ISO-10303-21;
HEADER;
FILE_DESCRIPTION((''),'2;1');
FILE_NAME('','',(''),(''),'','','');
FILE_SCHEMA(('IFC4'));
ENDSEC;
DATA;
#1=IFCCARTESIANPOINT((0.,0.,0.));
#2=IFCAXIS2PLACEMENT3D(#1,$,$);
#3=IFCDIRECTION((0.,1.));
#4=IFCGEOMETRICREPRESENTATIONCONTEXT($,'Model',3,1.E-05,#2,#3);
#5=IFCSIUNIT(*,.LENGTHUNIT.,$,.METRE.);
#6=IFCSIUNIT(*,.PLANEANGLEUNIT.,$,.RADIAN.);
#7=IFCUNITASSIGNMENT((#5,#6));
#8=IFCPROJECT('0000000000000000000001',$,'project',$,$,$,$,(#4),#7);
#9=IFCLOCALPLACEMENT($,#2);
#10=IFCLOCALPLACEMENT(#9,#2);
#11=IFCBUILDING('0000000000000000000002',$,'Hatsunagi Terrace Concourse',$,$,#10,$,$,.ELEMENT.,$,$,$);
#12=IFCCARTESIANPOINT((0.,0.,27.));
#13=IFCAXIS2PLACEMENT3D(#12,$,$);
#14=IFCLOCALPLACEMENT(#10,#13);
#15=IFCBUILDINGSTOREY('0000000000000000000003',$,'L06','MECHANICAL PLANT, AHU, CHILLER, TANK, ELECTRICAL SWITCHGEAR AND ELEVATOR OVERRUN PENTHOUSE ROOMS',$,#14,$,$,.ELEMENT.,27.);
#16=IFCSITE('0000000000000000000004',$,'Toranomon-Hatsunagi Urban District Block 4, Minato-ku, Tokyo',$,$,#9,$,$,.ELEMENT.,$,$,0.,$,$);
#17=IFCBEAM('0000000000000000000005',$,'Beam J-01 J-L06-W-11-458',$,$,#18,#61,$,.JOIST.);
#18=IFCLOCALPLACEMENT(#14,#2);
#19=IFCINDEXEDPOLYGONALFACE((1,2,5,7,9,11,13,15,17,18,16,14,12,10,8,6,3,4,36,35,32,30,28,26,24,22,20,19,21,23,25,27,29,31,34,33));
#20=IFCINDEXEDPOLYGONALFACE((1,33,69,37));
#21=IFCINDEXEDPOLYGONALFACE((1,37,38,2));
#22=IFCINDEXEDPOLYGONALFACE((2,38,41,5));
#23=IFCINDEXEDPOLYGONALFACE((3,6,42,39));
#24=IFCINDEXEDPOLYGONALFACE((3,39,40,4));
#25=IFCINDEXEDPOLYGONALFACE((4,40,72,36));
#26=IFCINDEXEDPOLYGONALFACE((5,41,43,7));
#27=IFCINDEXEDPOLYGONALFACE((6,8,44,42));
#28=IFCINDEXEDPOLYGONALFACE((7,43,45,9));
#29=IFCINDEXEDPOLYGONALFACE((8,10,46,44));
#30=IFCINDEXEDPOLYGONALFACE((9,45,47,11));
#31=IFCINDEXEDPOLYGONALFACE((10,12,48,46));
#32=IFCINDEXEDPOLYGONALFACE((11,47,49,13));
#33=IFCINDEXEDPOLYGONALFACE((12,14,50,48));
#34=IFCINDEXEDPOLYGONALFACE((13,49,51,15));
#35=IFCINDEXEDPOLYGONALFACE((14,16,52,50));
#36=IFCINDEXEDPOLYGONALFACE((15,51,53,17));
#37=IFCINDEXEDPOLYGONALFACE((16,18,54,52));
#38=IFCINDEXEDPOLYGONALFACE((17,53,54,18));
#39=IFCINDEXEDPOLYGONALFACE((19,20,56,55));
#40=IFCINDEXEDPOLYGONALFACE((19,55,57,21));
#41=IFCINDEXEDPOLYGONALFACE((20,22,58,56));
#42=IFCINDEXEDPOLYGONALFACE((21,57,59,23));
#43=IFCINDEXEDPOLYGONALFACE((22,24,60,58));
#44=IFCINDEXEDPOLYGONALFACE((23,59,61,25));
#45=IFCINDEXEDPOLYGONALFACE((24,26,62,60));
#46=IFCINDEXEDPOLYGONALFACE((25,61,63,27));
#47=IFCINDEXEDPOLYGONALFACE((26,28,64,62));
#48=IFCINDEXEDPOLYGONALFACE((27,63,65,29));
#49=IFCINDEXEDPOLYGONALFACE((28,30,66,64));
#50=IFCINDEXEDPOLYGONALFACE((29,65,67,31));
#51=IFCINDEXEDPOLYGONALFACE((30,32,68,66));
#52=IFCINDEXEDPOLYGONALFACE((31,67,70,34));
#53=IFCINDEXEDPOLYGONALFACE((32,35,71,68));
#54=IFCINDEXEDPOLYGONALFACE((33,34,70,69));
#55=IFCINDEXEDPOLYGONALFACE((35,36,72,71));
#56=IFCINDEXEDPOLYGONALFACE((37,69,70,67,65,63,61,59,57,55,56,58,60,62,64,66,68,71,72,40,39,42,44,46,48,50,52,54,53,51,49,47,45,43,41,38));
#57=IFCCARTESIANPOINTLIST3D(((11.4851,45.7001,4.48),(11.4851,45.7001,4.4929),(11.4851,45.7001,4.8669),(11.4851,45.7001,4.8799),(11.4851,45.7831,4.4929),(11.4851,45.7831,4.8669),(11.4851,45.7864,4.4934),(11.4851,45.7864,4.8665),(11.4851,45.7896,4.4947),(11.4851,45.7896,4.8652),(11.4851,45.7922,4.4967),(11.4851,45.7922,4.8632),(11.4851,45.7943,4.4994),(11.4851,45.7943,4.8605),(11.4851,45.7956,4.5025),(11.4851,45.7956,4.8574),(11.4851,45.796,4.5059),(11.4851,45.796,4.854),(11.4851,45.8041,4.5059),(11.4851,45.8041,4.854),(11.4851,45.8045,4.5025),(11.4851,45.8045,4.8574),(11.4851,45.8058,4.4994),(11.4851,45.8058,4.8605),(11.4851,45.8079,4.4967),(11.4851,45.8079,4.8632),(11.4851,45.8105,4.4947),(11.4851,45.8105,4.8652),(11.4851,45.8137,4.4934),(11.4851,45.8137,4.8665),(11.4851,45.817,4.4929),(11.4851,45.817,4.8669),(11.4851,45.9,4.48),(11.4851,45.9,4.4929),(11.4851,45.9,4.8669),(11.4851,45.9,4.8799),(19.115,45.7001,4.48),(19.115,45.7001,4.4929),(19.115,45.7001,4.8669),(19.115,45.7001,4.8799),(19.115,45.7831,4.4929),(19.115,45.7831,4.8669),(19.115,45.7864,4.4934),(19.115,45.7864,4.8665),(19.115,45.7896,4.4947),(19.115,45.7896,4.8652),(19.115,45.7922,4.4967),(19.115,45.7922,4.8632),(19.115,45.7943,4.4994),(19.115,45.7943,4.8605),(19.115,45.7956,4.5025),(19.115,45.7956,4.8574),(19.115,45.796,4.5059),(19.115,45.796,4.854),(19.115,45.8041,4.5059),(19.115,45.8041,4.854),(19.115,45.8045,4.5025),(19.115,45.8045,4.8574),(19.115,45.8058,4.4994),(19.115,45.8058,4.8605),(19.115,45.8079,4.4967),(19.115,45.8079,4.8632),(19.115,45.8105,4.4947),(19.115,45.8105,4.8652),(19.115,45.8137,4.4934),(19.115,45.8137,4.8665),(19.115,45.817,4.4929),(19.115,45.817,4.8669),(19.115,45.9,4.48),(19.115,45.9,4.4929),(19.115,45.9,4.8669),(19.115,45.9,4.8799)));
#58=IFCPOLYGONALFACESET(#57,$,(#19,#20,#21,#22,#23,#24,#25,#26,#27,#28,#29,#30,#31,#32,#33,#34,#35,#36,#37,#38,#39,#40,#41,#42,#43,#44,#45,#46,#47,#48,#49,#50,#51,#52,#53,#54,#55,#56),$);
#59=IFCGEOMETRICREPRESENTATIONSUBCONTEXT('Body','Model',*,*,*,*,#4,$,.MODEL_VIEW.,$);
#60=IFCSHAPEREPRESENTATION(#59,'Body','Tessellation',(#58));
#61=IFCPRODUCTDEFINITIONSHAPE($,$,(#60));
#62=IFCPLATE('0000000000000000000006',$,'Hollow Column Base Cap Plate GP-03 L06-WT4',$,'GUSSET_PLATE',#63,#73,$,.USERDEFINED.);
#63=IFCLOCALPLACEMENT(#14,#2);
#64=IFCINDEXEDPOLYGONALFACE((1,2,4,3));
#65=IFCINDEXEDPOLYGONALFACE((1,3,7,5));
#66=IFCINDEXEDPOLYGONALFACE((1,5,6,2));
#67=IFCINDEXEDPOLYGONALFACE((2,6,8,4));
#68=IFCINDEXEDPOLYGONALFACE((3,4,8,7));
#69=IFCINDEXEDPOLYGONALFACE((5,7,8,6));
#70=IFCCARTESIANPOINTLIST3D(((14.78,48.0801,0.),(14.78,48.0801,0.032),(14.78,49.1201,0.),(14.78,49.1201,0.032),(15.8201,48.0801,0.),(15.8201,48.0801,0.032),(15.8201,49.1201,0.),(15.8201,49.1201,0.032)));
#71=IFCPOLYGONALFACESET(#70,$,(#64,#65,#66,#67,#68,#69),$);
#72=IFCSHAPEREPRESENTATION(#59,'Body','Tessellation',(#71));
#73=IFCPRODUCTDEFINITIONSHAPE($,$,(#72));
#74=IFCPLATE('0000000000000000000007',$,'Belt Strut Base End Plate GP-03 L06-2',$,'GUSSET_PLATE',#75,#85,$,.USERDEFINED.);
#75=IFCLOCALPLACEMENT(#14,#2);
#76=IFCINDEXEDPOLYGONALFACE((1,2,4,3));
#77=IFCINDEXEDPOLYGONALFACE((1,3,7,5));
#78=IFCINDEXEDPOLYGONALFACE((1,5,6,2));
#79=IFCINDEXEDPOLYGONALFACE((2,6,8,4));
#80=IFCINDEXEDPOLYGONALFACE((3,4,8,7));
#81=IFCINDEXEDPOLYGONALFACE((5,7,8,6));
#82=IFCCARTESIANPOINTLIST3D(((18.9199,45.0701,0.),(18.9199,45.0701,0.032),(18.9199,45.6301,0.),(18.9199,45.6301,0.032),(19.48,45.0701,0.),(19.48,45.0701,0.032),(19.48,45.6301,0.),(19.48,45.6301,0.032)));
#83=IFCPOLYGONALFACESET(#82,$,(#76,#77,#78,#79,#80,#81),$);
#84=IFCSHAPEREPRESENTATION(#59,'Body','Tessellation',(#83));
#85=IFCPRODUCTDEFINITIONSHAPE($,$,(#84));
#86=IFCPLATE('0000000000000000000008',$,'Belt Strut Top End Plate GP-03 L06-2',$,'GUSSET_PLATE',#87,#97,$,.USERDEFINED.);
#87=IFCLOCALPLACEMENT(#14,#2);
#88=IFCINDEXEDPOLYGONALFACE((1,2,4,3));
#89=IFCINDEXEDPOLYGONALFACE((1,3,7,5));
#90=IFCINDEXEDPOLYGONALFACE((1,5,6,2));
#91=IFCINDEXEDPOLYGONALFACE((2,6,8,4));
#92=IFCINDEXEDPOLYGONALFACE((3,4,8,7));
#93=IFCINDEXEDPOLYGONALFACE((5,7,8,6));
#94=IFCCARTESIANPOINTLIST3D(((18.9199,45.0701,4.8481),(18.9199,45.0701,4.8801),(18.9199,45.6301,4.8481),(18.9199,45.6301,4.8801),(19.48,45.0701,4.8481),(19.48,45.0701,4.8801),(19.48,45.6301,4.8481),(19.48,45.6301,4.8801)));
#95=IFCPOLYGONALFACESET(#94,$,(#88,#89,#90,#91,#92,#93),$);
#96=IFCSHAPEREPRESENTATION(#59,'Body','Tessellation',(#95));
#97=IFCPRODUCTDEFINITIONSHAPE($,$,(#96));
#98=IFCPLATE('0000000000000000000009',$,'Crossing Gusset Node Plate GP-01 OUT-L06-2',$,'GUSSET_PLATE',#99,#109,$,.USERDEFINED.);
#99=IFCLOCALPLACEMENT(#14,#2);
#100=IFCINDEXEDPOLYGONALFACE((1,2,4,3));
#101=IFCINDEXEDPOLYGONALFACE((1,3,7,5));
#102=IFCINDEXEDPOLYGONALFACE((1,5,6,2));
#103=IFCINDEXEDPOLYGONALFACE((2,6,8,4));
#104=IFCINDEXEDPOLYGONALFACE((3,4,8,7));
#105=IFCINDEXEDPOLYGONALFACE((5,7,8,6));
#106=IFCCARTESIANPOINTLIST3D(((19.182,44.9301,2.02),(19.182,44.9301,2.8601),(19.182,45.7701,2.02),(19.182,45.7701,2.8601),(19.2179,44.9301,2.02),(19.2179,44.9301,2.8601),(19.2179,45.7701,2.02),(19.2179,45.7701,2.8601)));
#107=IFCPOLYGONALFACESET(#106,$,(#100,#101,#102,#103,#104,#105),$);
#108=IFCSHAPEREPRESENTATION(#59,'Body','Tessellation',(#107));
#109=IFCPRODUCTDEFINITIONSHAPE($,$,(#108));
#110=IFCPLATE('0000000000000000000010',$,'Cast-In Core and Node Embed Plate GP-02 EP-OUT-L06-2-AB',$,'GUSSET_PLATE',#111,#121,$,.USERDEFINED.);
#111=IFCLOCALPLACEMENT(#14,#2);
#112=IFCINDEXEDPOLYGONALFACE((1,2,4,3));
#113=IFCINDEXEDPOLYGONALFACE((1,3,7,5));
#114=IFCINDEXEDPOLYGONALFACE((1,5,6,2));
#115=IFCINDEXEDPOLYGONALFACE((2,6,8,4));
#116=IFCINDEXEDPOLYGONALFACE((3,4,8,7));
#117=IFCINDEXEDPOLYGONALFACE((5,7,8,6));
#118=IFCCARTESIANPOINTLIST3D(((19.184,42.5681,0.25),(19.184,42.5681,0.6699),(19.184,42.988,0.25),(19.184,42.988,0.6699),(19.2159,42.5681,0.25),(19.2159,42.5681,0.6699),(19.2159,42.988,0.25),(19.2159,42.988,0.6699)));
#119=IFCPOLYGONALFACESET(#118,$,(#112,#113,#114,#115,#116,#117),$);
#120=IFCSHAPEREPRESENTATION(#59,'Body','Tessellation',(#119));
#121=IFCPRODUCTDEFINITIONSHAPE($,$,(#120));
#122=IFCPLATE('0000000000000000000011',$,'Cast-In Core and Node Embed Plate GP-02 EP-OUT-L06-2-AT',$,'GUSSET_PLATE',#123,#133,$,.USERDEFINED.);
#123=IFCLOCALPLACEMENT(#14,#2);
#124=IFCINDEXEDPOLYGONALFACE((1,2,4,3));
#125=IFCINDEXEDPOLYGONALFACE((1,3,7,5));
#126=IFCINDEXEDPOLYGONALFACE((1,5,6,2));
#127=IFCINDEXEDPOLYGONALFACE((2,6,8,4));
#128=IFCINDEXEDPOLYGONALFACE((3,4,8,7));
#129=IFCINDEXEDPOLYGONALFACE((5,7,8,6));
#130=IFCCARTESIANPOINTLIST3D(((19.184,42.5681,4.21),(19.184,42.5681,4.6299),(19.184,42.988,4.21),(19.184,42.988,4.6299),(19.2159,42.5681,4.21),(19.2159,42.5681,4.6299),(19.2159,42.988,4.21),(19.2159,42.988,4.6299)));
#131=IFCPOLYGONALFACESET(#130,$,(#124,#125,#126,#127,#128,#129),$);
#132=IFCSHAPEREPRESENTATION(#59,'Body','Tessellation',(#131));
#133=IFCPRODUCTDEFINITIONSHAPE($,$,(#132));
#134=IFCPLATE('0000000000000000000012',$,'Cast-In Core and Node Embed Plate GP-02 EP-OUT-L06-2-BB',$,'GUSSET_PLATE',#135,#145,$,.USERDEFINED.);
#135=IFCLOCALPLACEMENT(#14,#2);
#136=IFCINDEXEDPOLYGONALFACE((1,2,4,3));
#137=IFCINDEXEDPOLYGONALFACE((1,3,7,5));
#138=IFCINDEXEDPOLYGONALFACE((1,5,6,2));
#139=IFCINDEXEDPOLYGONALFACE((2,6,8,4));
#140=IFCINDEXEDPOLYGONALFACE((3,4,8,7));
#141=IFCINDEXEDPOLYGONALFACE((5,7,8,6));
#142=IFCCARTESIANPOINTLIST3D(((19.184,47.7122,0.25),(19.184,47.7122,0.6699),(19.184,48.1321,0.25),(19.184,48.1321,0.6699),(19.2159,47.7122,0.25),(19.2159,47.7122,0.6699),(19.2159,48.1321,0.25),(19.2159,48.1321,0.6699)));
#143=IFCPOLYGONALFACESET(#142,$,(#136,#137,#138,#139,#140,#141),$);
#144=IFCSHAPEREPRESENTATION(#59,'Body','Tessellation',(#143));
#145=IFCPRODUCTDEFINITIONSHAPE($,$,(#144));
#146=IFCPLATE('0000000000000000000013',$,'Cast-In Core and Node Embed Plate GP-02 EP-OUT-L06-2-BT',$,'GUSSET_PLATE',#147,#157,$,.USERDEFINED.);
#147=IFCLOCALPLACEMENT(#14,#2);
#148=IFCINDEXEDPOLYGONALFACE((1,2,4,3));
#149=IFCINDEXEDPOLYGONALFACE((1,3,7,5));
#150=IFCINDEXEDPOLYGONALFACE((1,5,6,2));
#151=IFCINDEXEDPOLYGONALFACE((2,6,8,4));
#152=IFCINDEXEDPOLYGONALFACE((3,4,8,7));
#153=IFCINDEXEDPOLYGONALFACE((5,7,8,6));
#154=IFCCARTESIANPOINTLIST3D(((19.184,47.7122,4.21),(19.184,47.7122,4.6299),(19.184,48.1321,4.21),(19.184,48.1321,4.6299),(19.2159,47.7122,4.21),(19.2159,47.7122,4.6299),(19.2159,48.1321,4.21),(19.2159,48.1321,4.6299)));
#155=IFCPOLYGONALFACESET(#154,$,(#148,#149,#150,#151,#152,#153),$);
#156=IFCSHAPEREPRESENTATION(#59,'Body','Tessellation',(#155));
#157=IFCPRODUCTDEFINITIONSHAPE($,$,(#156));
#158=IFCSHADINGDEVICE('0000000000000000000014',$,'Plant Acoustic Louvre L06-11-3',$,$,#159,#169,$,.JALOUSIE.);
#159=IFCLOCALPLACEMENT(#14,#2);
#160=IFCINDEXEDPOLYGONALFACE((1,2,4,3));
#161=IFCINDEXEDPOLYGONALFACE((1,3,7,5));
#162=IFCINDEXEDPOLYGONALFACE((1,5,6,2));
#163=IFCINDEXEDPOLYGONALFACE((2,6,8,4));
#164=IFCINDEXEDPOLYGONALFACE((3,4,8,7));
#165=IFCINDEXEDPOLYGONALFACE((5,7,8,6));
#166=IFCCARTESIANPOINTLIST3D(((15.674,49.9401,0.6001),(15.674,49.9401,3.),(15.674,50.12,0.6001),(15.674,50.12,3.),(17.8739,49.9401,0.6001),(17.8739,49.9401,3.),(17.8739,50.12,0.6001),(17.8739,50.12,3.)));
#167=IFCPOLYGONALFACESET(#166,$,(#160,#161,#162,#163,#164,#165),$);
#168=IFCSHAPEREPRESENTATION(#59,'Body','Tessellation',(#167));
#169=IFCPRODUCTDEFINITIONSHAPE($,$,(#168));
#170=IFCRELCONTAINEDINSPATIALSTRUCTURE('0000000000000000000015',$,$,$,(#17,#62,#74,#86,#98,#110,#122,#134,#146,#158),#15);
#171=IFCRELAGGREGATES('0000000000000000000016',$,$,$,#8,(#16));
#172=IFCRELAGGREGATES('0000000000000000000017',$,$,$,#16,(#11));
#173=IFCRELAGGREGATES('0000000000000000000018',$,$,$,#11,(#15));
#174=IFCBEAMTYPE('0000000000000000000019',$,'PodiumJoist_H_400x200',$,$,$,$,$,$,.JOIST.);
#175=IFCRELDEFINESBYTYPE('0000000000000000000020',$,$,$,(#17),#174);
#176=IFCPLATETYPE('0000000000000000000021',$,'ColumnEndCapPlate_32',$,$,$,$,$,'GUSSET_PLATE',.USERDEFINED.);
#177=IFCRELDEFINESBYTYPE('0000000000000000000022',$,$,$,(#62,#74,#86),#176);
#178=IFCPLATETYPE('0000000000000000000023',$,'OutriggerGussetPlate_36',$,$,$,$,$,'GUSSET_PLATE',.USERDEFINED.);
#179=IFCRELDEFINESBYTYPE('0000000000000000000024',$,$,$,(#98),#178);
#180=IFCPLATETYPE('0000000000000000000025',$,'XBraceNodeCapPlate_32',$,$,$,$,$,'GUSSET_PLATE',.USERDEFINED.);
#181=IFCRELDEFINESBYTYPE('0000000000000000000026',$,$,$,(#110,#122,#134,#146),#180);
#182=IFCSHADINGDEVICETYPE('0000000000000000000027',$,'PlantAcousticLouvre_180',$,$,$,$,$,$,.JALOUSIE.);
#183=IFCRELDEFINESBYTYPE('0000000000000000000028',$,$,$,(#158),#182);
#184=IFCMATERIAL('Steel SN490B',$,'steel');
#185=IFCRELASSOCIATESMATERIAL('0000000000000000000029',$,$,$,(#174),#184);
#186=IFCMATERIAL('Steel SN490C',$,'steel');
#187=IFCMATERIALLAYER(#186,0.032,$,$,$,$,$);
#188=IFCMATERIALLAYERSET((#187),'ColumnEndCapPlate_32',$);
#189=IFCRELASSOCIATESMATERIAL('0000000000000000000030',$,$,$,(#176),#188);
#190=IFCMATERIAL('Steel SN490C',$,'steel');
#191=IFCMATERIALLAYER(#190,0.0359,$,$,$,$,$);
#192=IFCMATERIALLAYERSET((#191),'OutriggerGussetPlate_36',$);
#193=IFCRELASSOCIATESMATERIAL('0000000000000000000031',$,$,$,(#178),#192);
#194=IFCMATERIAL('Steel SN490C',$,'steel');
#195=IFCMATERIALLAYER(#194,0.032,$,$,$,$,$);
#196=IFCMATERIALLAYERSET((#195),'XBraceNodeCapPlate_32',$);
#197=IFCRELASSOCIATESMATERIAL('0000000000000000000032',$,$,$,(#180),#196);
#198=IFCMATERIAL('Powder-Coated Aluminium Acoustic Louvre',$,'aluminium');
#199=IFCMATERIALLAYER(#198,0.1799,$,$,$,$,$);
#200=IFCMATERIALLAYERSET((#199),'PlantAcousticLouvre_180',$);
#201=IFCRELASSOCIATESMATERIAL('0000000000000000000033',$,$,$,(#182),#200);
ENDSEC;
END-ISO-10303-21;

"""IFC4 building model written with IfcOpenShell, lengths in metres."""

from ifc_helpers import new_model, si_unit, direction, frame, origin, origin_2d, place, context, subcontext, project, spatial, rectangle, i_section, extrude, material, layer, layer_set, material_profile, profile_set, type_object, element, save


model = new_model("IFC4")

# Units and contexts
model_context = context("Model", 3, precision=1e-05, world=origin(), true_north=direction((0.0, 1.0)))
body_context = subcontext(model_context, "Body", "Model", "MODEL_VIEW")
ifc_project = project(units=[si_unit("LENGTHUNIT", "METRE"), si_unit("PLANEANGLEUNIT", "RADIAN")], contexts=[model_context])

# Site, building, storey
site_placement = place(None, origin())
site = spatial("IfcSite", under=ifc_project, at=site_placement, Name="Toranomon-Hatsunagi Urban District Block 4, Minato-ku, Tokyo", CompositionType="ELEMENT", RefElevation=0.0)
building_placement = place(site_placement, origin())
building = spatial("IfcBuilding", under=site, at=building_placement, Name="Hatsunagi Terrace Concourse", CompositionType="ELEMENT")
storey_placement = place(building_placement, frame((0.0, 0.0, 27.0)))
storey = spatial("IfcBuildingStorey", under=building, at=storey_placement, Name="L06", Description="MECHANICAL PLANT, AHU, CHILLER, TANK, ELECTRICAL SWITCHGEAR AND ELEVATOR OVERRUN PENTHOUSE ROOMS", CompositionType="ELEMENT", Elevation=27.0)

# Beam
ifc_material_1 = material(Name="Steel SN490B", Category="steel")
ifc_material_profile_1 = material_profile(ifc_material_1, i_section(OverallWidth=0.2, OverallDepth=0.3999, WebThickness=0.0081, FlangeThickness=0.0129, FilletRadius=0.0129, at=origin_2d()), Name="H-400x200x8x13")
ifc_profile_set_1 = profile_set([ifc_material_profile_1], Name="Steel SN490B")
beam_type_1 = type_object("IfcBeamType", Name="PodiumJoist_H_400x200", PredefinedType="JOIST", material=ifc_profile_set_1)
for number, where, z_axis, x_axis, name in (
    (1, (11.4851, 45.8, 4.6799), (1.0, 0.0, 0.0), (0.0, 1.0, 0.0), "Beam J-01 J-L06-W-11-458"),
):
    element("IfcBeam", number, at=place(storey_placement, frame(where, z_axis=z_axis, x_axis=x_axis)), inside=storey, type_object=beam_type_1, Name=name, PredefinedType="JOIST", context=body_context, shape_type="SweptSolid", body=[
        extrude(i_section(OverallWidth=0.2, OverallDepth=0.3999, WebThickness=0.0081, FlangeThickness=0.0129, FilletRadius=0.0129, at=origin_2d()), origin(), (0.0, 0.0, 1.0), 7.6299),
    ])

# Plates
ifc_material_2 = material(Name="Steel SN490C", Category="steel")
ifc_layer_1 = layer(ifc_material_2, 0.032)
ifc_layer_set_1 = layer_set([ifc_layer_1], Name="ColumnEndCapPlate_32")
plate_type_1 = type_object("IfcPlateType", Name="ColumnEndCapPlate_32", ElementType="GUSSET_PLATE", PredefinedType="USERDEFINED", material=ifc_layer_set_1)
plate_1_placement = place(storey_placement, frame((15.3, 48.6001, 0.0), z_axis=(0.0, 0.0, 1.0), x_axis=(1.0, 0.0, 0.0)))
element("IfcPlate", 2, at=plate_1_placement, inside=storey, type_object=plate_type_1, Name="Hollow Column Base Cap Plate GP-03 L06-WT4", ObjectType="GUSSET_PLATE", PredefinedType="USERDEFINED", context=body_context, shape_type="SweptSolid", body=[
    extrude(rectangle(XDim=1.04, YDim=1.04, at=origin_2d()), origin(), (0.0, 0.0, 1.0), 0.032),
])
for number, where, z_axis, x_axis, name in (
    (3, (19.2, 45.3501, 0.0), (0.0, 0.0, 1.0), (1.0, 0.0, 0.0), "Belt Strut Base End Plate GP-03 L06-2"),
    (4, (19.2, 45.3501, 4.8481), (0.0, 0.0, 1.0), (1.0, 0.0, 0.0), "Belt Strut Top End Plate GP-03 L06-2"),
):
    element("IfcPlate", number, at=place(storey_placement, frame(where, z_axis=z_axis, x_axis=x_axis)), inside=storey, type_object=plate_type_1, Name=name, ObjectType="GUSSET_PLATE", PredefinedType="USERDEFINED", context=body_context, shape_type="SweptSolid", body=[
        extrude(rectangle(XDim=0.5601, YDim=0.5601, at=origin_2d()), origin(), (0.0, 0.0, 1.0), 0.032),
    ])
ifc_material_3 = material(Name="Steel SN490C", Category="steel")
ifc_layer_2 = layer(ifc_material_3, 0.0359)
ifc_layer_set_2 = layer_set([ifc_layer_2], Name="OutriggerGussetPlate_36")
plate_type_2 = type_object("IfcPlateType", Name="OutriggerGussetPlate_36", ElementType="GUSSET_PLATE", PredefinedType="USERDEFINED", material=ifc_layer_set_2)
plate_2_placement = place(storey_placement, frame((19.2, 45.3501, 2.02), z_axis=(0.0, 0.0, 1.0), x_axis=(0.0, 1.0, 0.0)))
element("IfcPlate", 5, at=plate_2_placement, inside=storey, type_object=plate_type_2, Name="Crossing Gusset Node Plate GP-01 OUT-L06-2", ObjectType="GUSSET_PLATE", PredefinedType="USERDEFINED", context=body_context, shape_type="SweptSolid", body=[
    extrude(rectangle(XDim=0.8401, YDim=0.0359, at=origin_2d()), origin(), (0.0, 0.0, 1.0), 0.8401),
])
ifc_material_4 = material(Name="Steel SN490C", Category="steel")
ifc_layer_3 = layer(ifc_material_4, 0.032)
ifc_layer_set_3 = layer_set([ifc_layer_3], Name="XBraceNodeCapPlate_32")
plate_type_3 = type_object("IfcPlateType", Name="XBraceNodeCapPlate_32", ElementType="GUSSET_PLATE", PredefinedType="USERDEFINED", material=ifc_layer_set_3)
for number, where, z_axis, x_axis, name in (
    (6, (19.2, 42.7781, 0.25), (0.0, 0.0, 1.0), (0.0, 1.0, 0.0), "Cast-In Core and Node Embed Plate GP-02 EP-OUT-L06-2-AB"),
    (7, (19.2, 42.7781, 4.21), (0.0, 0.0, 1.0), (0.0, 1.0, 0.0), "Cast-In Core and Node Embed Plate GP-02 EP-OUT-L06-2-AT"),
    (8, (19.2, 47.9221, 0.25), (0.0, 0.0, 1.0), (0.0, 1.0, 0.0), "Cast-In Core and Node Embed Plate GP-02 EP-OUT-L06-2-BB"),
    (9, (19.2, 47.9221, 4.21), (0.0, 0.0, 1.0), (0.0, 1.0, 0.0), "Cast-In Core and Node Embed Plate GP-02 EP-OUT-L06-2-BT"),
):
    element("IfcPlate", number, at=place(storey_placement, frame(where, z_axis=z_axis, x_axis=x_axis)), inside=storey, type_object=plate_type_3, Name=name, ObjectType="GUSSET_PLATE", PredefinedType="USERDEFINED", context=body_context, shape_type="SweptSolid", body=[
        extrude(rectangle(XDim=0.4199, YDim=0.032, at=origin_2d()), origin(), (0.0, 0.0, 1.0), 0.4199),
    ])

# Shading device
ifc_material_5 = material(Name="Powder-Coated Aluminium Acoustic Louvre", Category="aluminium")
ifc_layer_4 = layer(ifc_material_5, 0.1799)
ifc_layer_set_4 = layer_set([ifc_layer_4], Name="PlantAcousticLouvre_180")
shading_device_type = type_object("IfcShadingDeviceType", Name="PlantAcousticLouvre_180", PredefinedType="JALOUSIE", material=ifc_layer_set_4)
shading_device_placement = place(storey_placement, frame((16.7739, 50.03, 0.6001), z_axis=(0.0, 0.0, 1.0), x_axis=(1.0, 0.0, 0.0)))
element("IfcShadingDevice", 10, at=shading_device_placement, inside=storey, type_object=shading_device_type, Name="Plant Acoustic Louvre L06-11-3", PredefinedType="JALOUSIE", context=body_context, shape_type="SweptSolid", body=[
    extrude(rectangle(XDim=2.2, YDim=0.1799, at=origin_2d()), origin(), (0.0, 0.0, 1.0), 2.3999),
])

save(model, "model.ifc")
